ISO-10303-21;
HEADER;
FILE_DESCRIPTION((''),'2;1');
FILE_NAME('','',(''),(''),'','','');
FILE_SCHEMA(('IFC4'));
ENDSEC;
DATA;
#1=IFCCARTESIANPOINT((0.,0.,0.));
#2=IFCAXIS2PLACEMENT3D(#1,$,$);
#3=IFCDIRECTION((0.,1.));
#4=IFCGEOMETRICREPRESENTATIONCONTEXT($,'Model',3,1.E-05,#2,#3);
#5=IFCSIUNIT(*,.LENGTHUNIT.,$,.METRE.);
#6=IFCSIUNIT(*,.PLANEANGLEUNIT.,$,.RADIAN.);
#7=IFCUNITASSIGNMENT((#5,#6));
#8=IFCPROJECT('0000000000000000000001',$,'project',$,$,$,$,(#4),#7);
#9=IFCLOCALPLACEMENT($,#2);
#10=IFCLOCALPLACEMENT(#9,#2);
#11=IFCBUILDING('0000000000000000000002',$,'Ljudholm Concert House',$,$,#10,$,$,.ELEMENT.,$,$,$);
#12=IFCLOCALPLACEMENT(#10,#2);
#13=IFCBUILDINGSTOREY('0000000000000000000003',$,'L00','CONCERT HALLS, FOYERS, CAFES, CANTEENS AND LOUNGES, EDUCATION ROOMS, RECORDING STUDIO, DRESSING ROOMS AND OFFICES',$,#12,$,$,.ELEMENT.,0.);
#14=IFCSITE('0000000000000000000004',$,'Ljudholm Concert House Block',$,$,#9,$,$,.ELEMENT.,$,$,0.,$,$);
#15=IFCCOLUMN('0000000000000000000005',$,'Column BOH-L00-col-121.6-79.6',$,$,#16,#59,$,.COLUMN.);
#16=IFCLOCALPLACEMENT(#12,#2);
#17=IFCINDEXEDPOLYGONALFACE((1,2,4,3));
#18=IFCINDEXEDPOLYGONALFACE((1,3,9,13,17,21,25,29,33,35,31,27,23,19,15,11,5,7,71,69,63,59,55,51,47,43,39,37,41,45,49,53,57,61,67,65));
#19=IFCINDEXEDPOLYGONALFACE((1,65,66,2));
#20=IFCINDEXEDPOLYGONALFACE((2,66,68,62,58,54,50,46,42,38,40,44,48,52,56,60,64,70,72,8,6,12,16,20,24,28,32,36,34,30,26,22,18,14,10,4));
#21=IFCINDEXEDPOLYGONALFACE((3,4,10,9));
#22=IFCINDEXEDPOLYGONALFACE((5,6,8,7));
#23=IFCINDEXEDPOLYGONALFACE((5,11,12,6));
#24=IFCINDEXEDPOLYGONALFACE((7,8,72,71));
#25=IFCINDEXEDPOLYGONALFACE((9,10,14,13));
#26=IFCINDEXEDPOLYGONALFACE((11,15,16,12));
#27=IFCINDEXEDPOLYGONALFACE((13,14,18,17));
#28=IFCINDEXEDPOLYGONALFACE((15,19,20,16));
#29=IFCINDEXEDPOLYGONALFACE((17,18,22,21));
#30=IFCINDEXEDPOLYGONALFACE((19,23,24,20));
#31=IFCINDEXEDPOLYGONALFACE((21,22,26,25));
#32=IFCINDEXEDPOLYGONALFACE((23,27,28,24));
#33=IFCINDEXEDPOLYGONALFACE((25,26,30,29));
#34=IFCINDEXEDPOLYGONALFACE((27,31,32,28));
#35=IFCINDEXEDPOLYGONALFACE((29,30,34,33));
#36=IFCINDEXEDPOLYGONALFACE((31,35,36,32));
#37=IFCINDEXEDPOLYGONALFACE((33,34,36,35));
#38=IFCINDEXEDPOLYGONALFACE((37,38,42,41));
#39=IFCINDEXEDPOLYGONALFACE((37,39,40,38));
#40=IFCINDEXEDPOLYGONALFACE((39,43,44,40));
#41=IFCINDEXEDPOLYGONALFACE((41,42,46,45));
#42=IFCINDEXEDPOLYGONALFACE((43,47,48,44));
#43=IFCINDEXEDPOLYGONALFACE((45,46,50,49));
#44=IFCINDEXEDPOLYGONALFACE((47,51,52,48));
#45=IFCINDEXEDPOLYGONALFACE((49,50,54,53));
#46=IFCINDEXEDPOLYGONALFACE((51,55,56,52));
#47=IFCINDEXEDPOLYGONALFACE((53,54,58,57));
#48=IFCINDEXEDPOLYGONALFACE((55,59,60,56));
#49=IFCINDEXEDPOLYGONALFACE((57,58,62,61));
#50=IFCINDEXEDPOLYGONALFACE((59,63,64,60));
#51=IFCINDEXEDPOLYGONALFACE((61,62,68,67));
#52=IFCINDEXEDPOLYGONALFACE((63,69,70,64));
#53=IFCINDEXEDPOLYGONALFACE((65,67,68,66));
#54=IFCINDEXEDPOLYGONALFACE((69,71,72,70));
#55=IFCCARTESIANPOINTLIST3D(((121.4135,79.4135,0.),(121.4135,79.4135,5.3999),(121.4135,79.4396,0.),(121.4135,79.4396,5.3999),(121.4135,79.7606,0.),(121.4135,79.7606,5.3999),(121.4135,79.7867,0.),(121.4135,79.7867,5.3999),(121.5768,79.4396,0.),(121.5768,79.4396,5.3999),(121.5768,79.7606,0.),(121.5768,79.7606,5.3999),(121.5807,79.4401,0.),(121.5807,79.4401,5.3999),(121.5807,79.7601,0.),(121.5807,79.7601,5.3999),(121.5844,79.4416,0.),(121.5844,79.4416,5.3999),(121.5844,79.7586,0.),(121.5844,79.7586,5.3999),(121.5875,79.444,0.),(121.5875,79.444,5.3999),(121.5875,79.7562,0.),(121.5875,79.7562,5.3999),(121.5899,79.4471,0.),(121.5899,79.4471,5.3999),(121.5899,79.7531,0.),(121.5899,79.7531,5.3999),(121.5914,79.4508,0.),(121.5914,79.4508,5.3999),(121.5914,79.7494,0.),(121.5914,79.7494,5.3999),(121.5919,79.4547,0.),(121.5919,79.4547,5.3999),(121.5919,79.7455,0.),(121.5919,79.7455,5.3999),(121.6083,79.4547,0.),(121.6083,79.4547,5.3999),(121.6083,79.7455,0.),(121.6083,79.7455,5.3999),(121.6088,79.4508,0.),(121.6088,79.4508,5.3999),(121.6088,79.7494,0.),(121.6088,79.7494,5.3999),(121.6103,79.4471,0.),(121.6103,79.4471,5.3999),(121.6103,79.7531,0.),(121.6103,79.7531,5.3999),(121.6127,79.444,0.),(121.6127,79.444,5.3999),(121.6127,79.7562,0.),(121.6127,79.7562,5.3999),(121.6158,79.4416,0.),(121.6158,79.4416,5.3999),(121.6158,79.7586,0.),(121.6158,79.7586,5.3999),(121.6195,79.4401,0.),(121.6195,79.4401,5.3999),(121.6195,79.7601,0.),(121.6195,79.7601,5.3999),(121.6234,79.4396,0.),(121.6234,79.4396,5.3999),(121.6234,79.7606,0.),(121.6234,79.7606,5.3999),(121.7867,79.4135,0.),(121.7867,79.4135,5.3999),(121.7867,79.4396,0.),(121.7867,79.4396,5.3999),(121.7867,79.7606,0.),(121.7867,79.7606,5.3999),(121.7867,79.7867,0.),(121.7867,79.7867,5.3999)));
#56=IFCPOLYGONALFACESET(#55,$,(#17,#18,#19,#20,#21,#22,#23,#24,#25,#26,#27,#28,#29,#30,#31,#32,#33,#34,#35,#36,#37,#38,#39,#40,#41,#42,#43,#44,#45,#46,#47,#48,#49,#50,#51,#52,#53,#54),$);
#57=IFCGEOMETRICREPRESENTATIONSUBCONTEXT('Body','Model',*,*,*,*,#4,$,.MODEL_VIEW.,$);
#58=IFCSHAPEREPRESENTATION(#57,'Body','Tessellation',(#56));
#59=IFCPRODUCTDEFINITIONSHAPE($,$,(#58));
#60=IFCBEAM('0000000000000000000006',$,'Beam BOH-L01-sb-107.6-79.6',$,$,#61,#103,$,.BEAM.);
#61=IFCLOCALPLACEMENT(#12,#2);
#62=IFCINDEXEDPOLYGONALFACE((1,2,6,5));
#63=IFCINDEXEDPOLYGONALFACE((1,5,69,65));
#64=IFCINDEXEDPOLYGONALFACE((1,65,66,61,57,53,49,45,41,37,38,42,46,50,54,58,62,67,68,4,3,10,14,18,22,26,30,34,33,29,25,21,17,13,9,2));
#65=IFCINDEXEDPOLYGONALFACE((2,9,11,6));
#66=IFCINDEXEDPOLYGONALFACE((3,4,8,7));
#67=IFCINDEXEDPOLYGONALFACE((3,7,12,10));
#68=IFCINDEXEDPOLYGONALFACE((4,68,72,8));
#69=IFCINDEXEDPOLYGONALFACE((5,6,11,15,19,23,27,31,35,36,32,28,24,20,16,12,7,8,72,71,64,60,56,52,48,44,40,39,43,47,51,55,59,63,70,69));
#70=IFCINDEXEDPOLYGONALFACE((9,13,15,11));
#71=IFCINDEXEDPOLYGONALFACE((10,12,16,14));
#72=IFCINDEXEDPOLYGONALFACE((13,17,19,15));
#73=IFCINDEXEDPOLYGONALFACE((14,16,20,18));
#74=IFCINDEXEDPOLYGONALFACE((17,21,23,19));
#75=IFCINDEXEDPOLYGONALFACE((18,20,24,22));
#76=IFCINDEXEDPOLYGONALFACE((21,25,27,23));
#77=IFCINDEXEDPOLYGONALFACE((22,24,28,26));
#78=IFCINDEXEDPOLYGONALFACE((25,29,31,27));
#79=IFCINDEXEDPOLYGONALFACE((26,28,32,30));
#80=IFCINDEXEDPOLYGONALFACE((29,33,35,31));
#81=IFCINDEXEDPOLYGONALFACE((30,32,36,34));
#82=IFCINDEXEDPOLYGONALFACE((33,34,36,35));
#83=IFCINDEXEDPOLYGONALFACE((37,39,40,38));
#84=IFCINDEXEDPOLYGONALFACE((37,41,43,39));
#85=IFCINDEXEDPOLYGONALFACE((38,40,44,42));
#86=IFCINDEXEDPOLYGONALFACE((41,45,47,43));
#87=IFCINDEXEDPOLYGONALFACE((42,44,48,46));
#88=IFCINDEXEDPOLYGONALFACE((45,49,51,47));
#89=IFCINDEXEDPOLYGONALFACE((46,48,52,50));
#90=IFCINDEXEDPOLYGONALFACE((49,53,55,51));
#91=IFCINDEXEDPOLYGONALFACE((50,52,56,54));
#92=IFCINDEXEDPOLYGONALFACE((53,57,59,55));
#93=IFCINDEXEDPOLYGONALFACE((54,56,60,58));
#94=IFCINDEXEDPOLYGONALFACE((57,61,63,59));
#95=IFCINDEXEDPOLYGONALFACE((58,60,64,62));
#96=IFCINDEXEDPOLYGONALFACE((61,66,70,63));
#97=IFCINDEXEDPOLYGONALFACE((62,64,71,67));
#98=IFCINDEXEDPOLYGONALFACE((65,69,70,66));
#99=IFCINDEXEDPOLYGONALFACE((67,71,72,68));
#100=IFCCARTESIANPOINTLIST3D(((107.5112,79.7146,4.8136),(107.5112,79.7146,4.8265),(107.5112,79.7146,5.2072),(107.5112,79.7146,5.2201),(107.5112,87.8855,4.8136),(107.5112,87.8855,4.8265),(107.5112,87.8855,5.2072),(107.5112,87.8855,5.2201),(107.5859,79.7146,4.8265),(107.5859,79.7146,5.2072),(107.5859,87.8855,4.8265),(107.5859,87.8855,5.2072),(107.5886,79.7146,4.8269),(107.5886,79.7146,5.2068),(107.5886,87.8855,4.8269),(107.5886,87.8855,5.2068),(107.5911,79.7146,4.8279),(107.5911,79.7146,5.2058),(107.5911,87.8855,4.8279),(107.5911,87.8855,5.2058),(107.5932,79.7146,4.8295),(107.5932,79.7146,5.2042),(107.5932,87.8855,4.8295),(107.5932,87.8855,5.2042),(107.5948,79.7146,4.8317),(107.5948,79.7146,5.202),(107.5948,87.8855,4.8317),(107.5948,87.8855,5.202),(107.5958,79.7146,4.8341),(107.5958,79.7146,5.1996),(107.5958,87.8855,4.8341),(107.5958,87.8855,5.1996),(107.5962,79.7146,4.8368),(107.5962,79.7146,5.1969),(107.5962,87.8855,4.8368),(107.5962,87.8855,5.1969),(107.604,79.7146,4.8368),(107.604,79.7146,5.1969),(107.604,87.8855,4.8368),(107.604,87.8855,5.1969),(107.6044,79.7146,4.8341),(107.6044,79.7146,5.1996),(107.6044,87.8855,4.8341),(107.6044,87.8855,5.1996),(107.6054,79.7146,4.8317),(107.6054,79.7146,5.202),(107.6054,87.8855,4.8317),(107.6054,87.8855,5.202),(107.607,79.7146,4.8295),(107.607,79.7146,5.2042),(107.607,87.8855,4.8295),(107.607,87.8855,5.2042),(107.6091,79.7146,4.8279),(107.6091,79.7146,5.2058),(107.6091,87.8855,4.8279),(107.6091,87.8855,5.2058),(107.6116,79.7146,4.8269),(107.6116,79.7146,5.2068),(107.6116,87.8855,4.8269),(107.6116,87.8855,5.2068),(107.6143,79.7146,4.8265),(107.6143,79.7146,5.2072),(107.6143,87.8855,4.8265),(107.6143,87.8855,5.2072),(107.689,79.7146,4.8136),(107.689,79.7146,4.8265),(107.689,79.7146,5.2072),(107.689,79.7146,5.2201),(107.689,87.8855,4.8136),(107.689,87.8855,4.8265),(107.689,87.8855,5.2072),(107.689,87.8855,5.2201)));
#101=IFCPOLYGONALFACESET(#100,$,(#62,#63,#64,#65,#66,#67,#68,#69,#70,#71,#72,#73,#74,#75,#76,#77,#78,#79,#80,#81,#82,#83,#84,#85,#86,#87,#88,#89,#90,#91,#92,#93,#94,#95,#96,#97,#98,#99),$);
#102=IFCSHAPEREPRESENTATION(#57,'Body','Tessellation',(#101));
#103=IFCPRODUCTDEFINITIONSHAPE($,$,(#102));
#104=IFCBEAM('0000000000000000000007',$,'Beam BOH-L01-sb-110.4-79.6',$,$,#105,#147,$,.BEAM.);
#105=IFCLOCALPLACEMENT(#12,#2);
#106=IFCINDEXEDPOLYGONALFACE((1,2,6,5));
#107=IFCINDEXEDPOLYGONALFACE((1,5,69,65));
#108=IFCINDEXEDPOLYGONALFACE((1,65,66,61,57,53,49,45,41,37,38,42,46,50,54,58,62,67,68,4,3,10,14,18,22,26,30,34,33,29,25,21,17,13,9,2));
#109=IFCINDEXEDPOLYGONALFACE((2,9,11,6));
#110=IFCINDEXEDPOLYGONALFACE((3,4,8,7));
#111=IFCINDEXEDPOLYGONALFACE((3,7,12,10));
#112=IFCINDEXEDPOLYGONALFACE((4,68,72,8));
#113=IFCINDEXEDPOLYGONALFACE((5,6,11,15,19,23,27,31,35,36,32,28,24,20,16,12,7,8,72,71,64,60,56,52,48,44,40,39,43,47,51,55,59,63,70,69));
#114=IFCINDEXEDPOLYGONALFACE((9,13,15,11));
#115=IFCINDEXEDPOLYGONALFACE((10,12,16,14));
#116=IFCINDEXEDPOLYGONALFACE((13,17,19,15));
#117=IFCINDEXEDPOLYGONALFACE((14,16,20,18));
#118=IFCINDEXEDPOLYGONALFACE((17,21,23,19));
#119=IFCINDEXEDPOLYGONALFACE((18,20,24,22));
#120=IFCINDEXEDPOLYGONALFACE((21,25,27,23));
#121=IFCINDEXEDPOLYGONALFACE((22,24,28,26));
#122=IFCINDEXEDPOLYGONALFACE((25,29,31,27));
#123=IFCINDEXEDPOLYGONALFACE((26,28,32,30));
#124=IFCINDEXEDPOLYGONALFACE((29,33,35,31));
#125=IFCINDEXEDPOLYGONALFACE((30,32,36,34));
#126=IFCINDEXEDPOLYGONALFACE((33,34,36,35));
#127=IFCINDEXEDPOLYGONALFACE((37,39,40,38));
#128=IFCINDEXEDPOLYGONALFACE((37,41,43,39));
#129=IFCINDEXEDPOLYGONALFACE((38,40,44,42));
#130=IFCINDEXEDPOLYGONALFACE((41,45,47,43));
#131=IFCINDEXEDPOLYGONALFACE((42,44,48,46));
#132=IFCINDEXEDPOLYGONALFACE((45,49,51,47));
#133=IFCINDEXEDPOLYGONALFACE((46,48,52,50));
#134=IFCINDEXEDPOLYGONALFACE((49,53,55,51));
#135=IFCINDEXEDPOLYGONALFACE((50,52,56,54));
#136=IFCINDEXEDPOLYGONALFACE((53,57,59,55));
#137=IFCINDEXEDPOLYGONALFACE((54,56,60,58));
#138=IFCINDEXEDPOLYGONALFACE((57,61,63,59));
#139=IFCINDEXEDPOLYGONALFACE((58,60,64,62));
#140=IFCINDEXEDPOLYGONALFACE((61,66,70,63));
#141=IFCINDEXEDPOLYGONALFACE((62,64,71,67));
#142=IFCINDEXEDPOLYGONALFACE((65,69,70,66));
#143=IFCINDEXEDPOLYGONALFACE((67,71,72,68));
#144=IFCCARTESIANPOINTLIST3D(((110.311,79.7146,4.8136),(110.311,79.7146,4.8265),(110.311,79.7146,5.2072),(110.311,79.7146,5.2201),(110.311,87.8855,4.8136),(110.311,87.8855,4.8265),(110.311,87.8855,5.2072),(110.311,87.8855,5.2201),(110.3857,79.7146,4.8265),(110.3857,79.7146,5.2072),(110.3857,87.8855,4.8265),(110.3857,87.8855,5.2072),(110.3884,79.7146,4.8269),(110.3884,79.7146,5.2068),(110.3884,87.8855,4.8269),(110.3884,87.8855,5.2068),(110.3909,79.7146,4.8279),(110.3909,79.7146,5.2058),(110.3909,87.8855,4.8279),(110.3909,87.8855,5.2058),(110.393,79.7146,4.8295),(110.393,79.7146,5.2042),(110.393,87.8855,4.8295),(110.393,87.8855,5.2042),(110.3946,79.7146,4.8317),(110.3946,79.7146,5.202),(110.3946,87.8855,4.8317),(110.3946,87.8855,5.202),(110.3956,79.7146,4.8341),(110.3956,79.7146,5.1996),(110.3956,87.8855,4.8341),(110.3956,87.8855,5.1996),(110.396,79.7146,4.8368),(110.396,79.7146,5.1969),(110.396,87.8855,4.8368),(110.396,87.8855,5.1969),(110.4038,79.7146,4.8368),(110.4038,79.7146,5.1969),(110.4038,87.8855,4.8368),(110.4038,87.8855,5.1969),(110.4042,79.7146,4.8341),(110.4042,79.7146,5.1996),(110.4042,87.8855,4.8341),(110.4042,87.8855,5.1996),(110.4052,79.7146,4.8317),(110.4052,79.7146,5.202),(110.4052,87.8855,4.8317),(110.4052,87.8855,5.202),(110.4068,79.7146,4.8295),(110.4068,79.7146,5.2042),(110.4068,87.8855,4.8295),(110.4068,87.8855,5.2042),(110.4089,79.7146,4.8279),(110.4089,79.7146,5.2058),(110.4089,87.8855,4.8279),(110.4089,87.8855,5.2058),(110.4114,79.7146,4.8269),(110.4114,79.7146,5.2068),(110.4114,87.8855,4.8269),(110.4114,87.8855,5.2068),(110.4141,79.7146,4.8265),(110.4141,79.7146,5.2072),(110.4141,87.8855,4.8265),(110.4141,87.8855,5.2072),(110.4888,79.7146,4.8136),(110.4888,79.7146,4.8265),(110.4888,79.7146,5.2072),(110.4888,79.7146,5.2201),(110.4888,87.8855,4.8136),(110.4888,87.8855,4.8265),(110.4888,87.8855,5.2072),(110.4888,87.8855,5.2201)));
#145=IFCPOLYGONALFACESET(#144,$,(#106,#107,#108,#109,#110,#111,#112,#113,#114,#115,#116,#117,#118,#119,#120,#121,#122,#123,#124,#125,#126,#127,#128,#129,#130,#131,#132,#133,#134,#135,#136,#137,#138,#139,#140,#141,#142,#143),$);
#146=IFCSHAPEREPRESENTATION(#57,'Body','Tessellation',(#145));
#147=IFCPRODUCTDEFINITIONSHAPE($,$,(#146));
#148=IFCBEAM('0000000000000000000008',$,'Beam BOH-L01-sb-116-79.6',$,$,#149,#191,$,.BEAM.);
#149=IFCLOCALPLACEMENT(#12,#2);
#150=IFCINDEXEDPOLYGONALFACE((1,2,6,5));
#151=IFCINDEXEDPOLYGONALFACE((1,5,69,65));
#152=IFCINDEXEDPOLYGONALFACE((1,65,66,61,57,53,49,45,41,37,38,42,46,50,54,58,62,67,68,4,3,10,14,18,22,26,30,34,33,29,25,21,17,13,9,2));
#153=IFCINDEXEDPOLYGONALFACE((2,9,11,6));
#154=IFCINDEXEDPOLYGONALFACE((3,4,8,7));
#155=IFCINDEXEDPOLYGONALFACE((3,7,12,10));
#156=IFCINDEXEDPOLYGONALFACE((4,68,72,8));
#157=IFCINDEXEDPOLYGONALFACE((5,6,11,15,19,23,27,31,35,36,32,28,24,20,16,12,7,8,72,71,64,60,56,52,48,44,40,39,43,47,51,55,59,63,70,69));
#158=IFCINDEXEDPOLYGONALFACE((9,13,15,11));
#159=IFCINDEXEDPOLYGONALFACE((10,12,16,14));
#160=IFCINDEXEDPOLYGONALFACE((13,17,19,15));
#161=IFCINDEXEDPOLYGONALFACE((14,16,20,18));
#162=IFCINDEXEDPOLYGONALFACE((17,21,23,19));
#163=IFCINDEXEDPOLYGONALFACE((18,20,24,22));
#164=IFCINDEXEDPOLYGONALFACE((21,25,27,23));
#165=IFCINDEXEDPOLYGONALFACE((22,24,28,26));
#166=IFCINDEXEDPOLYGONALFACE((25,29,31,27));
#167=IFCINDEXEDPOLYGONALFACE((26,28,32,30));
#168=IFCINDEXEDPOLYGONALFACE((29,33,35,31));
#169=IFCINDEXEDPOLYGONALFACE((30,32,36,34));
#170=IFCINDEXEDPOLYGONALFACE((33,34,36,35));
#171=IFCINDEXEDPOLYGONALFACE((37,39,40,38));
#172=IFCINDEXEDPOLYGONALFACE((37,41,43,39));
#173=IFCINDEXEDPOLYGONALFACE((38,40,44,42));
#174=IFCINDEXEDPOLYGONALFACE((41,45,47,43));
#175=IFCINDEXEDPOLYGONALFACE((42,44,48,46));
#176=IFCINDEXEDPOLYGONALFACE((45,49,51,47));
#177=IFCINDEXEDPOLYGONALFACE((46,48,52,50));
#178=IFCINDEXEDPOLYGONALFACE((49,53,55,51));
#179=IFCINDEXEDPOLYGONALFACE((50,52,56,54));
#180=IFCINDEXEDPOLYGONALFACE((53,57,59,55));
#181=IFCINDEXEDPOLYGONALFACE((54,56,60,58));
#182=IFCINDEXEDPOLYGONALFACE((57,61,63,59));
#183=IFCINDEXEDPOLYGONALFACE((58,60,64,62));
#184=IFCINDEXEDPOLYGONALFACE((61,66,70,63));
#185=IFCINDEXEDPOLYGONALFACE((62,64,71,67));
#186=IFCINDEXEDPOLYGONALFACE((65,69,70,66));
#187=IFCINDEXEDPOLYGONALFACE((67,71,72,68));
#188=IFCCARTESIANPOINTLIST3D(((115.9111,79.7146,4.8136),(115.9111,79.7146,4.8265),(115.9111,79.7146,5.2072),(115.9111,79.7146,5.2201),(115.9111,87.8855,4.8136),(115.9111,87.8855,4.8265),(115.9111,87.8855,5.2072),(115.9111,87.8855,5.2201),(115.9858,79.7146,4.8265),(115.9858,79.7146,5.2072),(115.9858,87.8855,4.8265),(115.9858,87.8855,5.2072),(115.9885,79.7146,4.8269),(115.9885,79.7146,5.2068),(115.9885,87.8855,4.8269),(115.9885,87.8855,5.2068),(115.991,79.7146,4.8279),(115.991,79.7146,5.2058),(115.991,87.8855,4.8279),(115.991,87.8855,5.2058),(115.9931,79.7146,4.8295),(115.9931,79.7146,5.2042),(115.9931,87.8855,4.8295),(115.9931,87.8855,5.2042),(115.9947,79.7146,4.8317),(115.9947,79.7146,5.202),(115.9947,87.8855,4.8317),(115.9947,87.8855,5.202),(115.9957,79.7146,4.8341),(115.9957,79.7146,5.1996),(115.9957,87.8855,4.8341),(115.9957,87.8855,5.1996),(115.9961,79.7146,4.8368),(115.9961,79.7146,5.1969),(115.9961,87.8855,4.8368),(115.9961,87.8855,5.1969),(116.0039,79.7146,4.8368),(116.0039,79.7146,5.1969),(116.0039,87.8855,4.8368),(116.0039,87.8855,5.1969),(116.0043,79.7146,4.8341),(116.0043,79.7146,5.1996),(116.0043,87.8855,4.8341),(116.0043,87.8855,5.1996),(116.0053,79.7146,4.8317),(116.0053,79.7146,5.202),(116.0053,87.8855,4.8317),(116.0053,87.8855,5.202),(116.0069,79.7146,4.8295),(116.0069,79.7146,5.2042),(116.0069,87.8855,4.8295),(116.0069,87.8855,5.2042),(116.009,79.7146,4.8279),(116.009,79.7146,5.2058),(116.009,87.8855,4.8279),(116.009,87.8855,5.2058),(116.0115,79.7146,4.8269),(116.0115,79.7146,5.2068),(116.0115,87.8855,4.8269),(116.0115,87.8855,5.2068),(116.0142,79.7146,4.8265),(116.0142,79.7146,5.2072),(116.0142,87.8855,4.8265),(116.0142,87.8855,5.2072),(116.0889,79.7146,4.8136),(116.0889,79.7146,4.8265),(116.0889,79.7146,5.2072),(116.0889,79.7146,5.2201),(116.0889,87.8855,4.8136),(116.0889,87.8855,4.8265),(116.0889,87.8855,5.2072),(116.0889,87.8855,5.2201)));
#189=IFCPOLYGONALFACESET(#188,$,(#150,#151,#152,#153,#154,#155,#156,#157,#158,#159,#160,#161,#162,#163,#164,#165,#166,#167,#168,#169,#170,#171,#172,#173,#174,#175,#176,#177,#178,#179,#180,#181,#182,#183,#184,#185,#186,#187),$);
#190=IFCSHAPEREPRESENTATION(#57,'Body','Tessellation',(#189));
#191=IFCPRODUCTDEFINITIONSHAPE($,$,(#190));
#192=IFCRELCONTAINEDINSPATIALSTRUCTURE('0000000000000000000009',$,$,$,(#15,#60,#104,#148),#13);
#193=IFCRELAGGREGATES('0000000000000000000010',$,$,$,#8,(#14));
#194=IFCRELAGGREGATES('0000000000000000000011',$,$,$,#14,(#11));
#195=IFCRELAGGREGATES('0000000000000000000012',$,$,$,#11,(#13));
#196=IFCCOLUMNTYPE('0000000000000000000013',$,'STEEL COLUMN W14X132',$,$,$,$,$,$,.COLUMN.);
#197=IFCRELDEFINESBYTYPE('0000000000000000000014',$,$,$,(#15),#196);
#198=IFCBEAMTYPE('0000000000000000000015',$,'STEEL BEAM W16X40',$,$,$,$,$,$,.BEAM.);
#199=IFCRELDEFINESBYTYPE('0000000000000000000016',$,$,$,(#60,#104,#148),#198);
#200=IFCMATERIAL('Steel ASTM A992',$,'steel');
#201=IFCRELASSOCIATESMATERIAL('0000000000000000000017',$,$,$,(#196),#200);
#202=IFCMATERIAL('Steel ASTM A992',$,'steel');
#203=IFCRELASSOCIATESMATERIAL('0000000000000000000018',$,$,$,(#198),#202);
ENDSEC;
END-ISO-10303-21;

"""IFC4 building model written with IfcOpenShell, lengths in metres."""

from ifc_helpers import new_model, si_unit, direction, frame, origin, origin_2d, place, context, subcontext, project, spatial, i_section, extrude, material, material_profile, profile_set, type_object, element, save


model = new_model("IFC4")

# Units and contexts
model_context = context("Model", 3, precision=1e-05, world=origin(), true_north=direction((0.0, 1.0)))
body_context = subcontext(model_context, "Body", "Model", "MODEL_VIEW")
ifc_project = project(units=[si_unit("LENGTHUNIT", "METRE"), si_unit("PLANEANGLEUNIT", "RADIAN")], contexts=[model_context])

# Site, building, storey
site_placement = place(None, origin())
site = spatial("IfcSite", under=ifc_project, at=site_placement, Name="Ljudholm Concert House Block", CompositionType="ELEMENT", RefElevation=0.0)
building_placement = place(site_placement, origin())
building = spatial("IfcBuilding", under=site, at=building_placement, Name="Ljudholm Concert House", CompositionType="ELEMENT")
storey_placement = place(building_placement, origin())
storey = spatial("IfcBuildingStorey", under=building, at=storey_placement, Name="L00", Description="CONCERT HALLS, FOYERS, CAFES, CANTEENS AND LOUNGES, EDUCATION ROOMS, RECORDING STUDIO, DRESSING ROOMS AND OFFICES", CompositionType="ELEMENT", Elevation=0.0)

# Column
ifc_material_1 = material(Name="Steel ASTM A992", Category="steel")
ifc_material_profile_1 = material_profile(ifc_material_1, i_section(OverallWidth=0.3733, OverallDepth=0.3733, WebThickness=0.0164, FlangeThickness=0.0261, FilletRadius=0.0151, at=origin_2d()), Name="W14X132")
ifc_profile_set_1 = profile_set([ifc_material_profile_1], Name="Steel ASTM A992")
column_type = type_object("IfcColumnType", Name="STEEL COLUMN W14X132", PredefinedType="COLUMN", material=ifc_profile_set_1)
for number, where, z_axis, x_axis, name in (
    (1, (121.6001, 79.6001, 0.0), (0.0, 0.0, 1.0), (1.0, 0.0, 0.0), "Column BOH-L00-col-121.6-79.6"),
):
    element("IfcColumn", number, at=place(storey_placement, frame(where, z_axis=z_axis, x_axis=x_axis)), inside=storey, type_object=column_type, Name=name, PredefinedType="COLUMN", context=body_context, shape_type="SweptSolid", body=[
        extrude(i_section(OverallWidth=0.3733, OverallDepth=0.3733, WebThickness=0.0164, FlangeThickness=0.0261, FilletRadius=0.0151, at=origin_2d()), origin(), (0.0, 0.0, 1.0), 5.3999),
    ])

# Beams
ifc_material_2 = material(Name="Steel ASTM A992", Category="steel")
ifc_material_profile_2 = material_profile(ifc_material_2, i_section(OverallWidth=0.1777, OverallDepth=0.4065, WebThickness=0.0078, FlangeThickness=0.0129, FilletRadius=0.0103, at=origin_2d()), Name="W16X40")
ifc_profile_set_2 = profile_set([ifc_material_profile_2], Name="Steel ASTM A992")
beam_type_1 = type_object("IfcBeamType", Name="STEEL BEAM W16X40", PredefinedType="BEAM", material=ifc_profile_set_2)
for number, where, z_axis, x_axis, name in (
    (2, (107.6001, 79.7146, 5.0168), (0.0, 1.0, 0.0), (-1.0, 0.0, 0.0), "Beam BOH-L01-sb-107.6-79.6"),
    (3, (110.3999, 79.7146, 5.0168), (0.0, 1.0, 0.0), (-1.0, 0.0, 0.0), "Beam BOH-L01-sb-110.4-79.6"),
    (4, (116.0, 79.7146, 5.0168), (0.0, 1.0, 0.0), (-1.0, 0.0, 0.0), "Beam BOH-L01-sb-116-79.6"),
):
    element("IfcBeam", number, at=place(storey_placement, frame(where, z_axis=z_axis, x_axis=x_axis)), inside=storey, type_object=beam_type_1, Name=name, PredefinedType="BEAM", context=body_context, shape_type="SweptSolid", body=[
        extrude(i_section(OverallWidth=0.1777, OverallDepth=0.4065, WebThickness=0.0078, FlangeThickness=0.0129, FilletRadius=0.0103, at=origin_2d()), origin(), (0.0, 0.0, 1.0), 8.1709),
    ])

save(model, "model.ifc")
